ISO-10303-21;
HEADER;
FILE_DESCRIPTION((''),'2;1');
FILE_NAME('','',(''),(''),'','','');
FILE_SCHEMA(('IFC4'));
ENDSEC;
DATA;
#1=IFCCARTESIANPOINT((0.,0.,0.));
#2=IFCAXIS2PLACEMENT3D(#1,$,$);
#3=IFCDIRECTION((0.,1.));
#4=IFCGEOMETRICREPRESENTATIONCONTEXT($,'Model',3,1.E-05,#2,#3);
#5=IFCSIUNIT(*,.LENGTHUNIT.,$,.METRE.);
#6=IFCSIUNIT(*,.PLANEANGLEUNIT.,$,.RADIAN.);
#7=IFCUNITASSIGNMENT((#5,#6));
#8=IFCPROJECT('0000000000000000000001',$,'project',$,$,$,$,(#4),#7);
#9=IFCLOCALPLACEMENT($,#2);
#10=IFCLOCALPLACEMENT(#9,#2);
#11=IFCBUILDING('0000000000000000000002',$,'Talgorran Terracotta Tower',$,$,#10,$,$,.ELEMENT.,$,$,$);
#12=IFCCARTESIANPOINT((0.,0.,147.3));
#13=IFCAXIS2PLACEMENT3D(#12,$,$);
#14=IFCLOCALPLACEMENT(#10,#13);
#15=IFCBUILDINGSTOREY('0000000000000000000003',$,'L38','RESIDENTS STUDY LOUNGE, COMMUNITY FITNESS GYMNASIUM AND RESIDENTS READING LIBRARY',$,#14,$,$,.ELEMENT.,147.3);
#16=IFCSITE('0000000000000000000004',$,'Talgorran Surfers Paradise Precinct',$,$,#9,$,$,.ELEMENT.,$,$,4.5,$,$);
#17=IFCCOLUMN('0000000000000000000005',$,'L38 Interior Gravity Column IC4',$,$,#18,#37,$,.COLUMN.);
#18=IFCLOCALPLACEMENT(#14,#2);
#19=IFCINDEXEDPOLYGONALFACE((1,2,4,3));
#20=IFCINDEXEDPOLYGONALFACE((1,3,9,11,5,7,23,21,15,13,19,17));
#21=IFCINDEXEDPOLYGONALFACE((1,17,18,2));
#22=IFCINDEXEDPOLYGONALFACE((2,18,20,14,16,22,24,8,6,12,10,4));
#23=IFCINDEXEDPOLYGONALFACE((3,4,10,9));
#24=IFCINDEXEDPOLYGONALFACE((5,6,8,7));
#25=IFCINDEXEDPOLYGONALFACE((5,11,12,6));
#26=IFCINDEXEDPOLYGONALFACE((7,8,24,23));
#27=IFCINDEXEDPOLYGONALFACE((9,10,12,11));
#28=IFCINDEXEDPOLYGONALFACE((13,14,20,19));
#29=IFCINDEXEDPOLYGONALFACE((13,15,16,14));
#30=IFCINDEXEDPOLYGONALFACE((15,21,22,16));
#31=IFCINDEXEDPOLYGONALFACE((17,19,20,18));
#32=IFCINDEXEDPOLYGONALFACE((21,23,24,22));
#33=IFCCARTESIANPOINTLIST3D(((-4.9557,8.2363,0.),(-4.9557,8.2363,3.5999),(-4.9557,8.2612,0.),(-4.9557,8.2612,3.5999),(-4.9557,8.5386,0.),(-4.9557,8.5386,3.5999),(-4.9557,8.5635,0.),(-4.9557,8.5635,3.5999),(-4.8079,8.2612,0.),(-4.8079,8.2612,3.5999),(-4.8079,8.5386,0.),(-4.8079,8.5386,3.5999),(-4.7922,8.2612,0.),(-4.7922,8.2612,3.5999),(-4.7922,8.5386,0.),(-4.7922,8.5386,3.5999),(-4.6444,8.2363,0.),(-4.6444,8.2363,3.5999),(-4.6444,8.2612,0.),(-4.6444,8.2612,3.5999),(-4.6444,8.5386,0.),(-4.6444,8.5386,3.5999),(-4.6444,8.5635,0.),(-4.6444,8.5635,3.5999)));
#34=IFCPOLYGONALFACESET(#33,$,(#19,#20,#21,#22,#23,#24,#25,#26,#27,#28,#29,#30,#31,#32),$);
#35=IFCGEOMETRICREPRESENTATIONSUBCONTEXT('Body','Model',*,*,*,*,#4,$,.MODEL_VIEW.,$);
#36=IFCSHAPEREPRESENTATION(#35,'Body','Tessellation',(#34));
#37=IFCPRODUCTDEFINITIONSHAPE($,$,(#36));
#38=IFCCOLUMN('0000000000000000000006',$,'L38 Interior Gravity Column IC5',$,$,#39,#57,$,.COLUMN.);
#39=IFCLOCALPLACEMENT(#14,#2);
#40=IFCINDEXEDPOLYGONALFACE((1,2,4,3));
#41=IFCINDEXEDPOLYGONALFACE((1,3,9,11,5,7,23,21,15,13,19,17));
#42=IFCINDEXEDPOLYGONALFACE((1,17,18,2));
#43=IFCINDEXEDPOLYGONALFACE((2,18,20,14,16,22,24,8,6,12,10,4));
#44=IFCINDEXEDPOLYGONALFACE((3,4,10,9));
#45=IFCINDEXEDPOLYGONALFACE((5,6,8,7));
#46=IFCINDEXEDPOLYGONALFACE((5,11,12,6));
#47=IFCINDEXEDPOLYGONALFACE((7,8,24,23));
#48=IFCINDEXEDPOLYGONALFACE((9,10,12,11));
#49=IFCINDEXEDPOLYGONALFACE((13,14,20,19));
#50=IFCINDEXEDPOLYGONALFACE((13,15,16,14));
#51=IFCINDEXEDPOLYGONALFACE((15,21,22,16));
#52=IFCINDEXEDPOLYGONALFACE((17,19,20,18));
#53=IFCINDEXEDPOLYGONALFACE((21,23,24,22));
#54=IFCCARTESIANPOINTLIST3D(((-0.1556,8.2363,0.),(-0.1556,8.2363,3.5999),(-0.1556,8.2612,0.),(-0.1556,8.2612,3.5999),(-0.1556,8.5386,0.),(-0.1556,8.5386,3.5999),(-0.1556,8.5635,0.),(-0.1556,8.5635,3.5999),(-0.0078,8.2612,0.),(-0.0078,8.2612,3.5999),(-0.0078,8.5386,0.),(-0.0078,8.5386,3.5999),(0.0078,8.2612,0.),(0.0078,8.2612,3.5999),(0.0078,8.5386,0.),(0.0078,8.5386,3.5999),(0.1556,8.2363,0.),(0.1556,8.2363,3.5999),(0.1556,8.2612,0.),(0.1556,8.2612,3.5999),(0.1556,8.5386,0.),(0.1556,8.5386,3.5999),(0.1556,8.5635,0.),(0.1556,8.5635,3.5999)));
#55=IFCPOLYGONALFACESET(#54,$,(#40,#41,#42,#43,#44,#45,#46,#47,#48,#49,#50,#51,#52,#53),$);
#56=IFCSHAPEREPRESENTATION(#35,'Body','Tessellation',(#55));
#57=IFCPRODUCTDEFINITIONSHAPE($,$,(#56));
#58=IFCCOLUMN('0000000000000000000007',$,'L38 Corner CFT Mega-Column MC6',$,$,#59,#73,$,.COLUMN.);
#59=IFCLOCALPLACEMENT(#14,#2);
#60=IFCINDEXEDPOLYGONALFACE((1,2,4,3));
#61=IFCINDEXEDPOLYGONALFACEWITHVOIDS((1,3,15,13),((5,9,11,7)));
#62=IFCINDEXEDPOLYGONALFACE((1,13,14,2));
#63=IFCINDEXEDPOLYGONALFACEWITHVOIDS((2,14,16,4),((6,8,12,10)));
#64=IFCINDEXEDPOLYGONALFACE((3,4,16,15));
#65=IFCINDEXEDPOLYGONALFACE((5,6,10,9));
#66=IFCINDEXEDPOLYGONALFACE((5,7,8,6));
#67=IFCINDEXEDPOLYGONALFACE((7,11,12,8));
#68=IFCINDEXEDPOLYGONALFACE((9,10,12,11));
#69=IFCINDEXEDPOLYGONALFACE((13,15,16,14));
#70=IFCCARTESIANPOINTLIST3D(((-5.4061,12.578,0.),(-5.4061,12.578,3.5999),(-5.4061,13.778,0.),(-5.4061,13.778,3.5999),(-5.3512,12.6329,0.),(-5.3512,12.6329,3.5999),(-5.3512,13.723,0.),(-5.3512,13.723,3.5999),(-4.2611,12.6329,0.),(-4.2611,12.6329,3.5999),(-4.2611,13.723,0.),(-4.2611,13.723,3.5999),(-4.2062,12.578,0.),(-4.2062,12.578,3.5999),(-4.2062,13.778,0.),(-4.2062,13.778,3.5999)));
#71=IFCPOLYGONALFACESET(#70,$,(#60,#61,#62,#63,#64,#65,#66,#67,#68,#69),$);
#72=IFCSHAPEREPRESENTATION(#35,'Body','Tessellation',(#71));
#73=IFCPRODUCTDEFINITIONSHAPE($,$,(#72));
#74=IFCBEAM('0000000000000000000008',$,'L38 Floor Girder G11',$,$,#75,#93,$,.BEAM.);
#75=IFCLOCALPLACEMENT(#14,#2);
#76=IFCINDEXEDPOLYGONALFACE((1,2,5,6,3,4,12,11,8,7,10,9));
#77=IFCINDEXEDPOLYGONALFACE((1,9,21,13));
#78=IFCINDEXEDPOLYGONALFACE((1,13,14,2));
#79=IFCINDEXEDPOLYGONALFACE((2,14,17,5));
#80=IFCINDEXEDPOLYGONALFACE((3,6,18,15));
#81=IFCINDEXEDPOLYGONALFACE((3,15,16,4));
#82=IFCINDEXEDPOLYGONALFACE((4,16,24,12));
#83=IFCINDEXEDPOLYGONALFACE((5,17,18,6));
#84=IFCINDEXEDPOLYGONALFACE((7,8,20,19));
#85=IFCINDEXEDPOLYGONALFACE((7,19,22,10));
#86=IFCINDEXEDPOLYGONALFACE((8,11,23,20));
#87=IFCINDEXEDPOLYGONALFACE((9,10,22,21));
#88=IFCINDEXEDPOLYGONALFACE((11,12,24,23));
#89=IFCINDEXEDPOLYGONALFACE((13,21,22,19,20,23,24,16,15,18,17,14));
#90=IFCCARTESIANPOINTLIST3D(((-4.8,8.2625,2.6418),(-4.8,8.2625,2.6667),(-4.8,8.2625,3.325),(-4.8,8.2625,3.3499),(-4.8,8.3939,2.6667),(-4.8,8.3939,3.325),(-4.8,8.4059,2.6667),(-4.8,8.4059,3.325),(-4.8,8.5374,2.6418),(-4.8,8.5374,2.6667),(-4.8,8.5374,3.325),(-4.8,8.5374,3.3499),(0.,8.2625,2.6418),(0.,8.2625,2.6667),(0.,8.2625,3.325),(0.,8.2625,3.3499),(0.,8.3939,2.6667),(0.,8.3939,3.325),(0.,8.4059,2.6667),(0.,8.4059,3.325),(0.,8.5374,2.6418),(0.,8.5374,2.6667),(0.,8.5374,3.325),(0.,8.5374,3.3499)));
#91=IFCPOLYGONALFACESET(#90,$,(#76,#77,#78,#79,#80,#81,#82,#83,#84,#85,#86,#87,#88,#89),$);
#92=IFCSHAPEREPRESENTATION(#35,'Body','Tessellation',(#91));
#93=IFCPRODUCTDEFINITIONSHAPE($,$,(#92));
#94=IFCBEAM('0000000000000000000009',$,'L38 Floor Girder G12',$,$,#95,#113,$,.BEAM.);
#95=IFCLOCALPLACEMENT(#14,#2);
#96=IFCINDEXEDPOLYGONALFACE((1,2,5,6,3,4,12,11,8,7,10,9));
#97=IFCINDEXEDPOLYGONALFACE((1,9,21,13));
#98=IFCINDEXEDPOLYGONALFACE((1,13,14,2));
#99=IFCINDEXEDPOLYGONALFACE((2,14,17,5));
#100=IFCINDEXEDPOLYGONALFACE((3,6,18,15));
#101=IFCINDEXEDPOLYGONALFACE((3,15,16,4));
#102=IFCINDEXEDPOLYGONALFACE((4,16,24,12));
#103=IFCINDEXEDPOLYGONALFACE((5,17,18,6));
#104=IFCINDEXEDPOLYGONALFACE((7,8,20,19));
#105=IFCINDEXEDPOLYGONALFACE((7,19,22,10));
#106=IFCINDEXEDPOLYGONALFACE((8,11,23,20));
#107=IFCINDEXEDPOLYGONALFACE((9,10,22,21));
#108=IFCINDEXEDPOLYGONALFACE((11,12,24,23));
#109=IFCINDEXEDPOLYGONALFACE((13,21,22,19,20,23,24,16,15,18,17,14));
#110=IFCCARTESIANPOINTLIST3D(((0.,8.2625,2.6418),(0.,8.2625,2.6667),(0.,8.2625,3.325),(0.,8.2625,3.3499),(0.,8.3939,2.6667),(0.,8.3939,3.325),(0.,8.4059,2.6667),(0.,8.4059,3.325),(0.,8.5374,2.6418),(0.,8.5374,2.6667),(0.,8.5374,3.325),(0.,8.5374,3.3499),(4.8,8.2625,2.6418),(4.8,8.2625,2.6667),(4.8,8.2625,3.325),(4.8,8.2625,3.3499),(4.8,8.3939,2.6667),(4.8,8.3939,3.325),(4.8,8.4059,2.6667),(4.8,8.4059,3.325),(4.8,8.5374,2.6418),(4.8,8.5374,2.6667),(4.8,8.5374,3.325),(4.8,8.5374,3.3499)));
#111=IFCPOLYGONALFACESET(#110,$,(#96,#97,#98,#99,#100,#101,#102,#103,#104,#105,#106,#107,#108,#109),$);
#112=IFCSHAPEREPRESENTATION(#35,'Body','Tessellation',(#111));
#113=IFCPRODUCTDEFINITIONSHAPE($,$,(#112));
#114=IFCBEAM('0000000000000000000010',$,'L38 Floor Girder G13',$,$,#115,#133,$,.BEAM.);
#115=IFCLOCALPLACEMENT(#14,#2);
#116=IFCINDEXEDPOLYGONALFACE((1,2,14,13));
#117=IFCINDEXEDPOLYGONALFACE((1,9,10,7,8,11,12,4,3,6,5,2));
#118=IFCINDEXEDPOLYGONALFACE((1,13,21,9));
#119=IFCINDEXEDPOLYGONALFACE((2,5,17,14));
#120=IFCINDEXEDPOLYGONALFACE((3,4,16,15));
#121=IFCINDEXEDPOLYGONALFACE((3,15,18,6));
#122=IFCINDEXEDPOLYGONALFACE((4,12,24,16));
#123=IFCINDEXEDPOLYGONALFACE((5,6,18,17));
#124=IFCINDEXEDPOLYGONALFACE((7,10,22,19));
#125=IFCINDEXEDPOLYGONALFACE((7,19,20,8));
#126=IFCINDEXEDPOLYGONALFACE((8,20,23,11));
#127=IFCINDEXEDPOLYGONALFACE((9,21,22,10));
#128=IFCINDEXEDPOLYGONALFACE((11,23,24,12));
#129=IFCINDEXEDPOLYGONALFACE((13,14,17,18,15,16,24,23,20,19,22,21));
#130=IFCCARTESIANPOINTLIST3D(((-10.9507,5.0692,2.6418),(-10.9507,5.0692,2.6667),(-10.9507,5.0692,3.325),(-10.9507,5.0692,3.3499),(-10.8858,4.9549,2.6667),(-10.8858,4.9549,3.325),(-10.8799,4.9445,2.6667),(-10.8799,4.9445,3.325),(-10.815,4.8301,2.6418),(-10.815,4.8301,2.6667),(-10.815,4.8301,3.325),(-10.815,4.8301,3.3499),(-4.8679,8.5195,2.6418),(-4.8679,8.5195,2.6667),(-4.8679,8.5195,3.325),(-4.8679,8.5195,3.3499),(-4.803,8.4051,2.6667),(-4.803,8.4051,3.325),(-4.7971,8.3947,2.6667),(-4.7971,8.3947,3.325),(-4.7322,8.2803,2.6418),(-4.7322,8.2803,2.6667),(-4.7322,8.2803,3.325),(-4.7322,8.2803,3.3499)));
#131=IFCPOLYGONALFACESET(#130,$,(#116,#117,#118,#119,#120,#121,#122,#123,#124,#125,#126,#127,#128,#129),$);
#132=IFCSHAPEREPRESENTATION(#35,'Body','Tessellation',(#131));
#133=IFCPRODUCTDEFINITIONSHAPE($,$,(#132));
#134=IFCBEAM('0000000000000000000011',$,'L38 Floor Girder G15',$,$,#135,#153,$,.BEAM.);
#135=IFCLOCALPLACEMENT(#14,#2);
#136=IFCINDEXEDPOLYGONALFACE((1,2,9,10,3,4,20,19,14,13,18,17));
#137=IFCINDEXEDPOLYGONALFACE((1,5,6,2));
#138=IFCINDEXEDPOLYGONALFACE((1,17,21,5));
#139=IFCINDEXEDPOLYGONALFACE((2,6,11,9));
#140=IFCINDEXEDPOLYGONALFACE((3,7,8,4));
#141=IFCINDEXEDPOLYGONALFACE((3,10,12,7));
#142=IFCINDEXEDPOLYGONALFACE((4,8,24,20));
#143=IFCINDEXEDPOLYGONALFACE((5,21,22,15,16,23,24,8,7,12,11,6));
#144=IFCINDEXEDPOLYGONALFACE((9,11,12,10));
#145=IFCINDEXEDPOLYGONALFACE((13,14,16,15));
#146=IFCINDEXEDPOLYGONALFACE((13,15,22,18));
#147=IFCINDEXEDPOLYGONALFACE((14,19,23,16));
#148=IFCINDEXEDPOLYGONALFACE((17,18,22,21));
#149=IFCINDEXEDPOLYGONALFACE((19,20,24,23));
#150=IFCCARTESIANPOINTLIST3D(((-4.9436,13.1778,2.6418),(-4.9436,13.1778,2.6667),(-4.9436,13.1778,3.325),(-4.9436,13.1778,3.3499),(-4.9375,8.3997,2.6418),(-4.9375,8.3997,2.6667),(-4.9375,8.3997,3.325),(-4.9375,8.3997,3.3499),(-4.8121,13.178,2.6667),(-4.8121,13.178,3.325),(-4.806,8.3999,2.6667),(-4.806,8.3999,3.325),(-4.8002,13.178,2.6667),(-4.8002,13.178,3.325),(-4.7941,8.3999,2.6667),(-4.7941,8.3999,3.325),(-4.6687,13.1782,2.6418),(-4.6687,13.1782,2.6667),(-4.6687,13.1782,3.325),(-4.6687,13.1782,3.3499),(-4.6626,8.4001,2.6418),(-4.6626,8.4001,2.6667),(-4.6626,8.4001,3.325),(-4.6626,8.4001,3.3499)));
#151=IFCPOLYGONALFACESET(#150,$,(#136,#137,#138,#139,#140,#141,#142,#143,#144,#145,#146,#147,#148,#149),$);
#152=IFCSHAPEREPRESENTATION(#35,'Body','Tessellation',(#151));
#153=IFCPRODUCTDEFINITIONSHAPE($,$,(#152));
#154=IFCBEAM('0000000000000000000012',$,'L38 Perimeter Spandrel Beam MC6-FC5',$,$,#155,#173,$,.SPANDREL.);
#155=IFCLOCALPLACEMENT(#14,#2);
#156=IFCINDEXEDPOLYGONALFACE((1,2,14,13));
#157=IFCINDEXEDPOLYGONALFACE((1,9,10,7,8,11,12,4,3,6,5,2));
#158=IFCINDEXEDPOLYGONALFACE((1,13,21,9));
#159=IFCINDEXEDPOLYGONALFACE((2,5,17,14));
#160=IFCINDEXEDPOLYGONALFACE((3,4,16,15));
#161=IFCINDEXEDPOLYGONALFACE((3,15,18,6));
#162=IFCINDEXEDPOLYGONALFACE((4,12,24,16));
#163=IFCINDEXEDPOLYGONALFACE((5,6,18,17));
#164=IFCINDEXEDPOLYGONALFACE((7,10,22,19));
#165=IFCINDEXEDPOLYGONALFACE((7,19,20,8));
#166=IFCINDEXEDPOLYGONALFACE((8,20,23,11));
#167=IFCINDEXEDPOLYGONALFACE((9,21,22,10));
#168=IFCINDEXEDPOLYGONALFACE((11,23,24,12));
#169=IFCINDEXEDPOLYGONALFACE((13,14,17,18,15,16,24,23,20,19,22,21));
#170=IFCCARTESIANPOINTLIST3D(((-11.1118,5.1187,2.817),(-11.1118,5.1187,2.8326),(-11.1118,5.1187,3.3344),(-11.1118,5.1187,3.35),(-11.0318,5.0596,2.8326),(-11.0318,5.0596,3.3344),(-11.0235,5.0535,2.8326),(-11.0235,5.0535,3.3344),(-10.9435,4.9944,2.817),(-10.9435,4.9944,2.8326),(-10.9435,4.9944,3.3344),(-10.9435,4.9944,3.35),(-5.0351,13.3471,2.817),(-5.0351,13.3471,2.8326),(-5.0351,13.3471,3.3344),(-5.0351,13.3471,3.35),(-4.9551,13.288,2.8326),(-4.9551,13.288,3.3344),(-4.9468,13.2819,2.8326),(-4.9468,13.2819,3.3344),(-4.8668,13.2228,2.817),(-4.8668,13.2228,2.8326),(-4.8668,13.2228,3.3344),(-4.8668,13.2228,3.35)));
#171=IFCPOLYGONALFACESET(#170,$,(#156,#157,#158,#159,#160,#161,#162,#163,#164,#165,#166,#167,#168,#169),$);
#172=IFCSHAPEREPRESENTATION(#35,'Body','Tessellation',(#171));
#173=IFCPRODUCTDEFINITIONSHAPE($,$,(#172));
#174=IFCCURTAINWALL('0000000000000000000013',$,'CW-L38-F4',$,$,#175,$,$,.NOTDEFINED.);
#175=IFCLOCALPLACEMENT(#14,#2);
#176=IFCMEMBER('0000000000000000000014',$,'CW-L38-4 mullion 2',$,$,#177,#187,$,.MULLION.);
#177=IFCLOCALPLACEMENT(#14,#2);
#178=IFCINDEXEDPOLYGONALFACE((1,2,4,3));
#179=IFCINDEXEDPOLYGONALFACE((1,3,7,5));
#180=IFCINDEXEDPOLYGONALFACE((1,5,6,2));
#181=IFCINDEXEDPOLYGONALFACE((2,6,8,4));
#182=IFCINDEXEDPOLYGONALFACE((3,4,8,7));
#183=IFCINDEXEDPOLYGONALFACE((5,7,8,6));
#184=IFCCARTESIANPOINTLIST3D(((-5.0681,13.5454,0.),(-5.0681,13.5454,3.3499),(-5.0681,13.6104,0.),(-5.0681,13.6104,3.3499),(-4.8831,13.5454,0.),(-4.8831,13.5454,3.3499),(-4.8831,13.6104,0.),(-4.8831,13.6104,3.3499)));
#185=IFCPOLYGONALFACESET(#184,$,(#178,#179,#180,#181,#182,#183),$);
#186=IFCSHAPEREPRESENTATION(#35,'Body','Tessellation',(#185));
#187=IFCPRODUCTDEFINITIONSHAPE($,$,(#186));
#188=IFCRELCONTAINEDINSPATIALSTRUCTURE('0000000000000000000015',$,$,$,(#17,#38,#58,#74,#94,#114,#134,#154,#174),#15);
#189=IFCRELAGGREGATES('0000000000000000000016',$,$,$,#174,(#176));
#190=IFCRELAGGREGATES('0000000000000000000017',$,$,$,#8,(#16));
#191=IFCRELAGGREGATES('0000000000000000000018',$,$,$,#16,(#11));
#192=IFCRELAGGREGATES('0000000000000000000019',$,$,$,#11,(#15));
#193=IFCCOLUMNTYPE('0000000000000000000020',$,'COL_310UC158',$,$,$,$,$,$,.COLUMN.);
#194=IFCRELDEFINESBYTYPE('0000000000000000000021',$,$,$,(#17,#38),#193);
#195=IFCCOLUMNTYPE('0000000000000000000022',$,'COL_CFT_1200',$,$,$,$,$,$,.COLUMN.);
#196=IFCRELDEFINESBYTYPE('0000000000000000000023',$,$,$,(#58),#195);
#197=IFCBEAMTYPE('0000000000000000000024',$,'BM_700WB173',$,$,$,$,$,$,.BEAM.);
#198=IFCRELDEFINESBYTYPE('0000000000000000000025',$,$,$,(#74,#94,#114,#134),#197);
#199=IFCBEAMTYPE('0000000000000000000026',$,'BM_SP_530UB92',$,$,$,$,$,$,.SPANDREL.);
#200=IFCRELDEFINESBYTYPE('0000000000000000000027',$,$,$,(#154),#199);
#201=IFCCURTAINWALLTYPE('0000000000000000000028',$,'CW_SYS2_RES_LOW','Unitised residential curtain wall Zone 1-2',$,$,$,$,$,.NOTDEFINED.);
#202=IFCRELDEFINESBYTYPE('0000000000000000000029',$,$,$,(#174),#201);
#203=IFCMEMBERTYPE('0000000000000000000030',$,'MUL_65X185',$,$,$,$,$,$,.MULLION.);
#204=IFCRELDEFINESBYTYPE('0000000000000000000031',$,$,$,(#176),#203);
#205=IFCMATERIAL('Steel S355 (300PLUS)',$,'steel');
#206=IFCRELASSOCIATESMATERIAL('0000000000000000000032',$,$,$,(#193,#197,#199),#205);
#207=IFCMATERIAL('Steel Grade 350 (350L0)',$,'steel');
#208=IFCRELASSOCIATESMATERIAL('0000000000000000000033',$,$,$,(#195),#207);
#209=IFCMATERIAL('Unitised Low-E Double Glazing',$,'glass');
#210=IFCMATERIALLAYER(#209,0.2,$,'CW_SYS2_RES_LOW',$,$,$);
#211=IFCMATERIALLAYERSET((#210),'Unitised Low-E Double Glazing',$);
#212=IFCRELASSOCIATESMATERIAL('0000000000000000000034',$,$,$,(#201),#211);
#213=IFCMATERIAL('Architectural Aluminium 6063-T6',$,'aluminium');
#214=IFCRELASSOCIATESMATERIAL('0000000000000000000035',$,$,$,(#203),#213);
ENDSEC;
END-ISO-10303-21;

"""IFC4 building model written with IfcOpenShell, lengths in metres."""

from ifc_helpers import new_model, si_unit, direction, frame, origin, origin_2d, place, context, subcontext, project, spatial, rectangle, hollow_rectangle, i_section, extrude, material, layer, layer_set, material_profile, profile_set, type_object, element, aggregate, save


model = new_model("IFC4")

# Units and contexts
model_context = context("Model", 3, precision=1e-05, world=origin(), true_north=direction((0.0, 1.0)))
body_context = subcontext(model_context, "Body", "Model", "MODEL_VIEW")
ifc_project = project(units=[si_unit("LENGTHUNIT", "METRE"), si_unit("PLANEANGLEUNIT", "RADIAN")], contexts=[model_context])

# Site, building, storey
site_placement = place(None, origin())
site = spatial("IfcSite", under=ifc_project, at=site_placement, Name="Talgorran Surfers Paradise Precinct", CompositionType="ELEMENT", RefElevation=4.5)
building_placement = place(site_placement, origin())
building = spatial("IfcBuilding", under=site, at=building_placement, Name="Talgorran Terracotta Tower", CompositionType="ELEMENT")
storey_placement = place(building_placement, frame((0.0, 0.0, 147.3)))
storey = spatial("IfcBuildingStorey", under=building, at=storey_placement, Name="L38", Description="RESIDENTS STUDY LOUNGE, COMMUNITY FITNESS GYMNASIUM AND RESIDENTS READING LIBRARY", CompositionType="ELEMENT", Elevation=147.3)

# Columns
ifc_material_1 = material(Name="Steel S355 (300PLUS)", Category="steel")
ifc_material_profile_1 = material_profile(ifc_material_1, i_section(OverallWidth=0.3113, OverallDepth=0.3271, WebThickness=0.0156, FlangeThickness=0.0249, at=origin_2d()), Name="310UC158")
ifc_profile_set_1 = profile_set([ifc_material_profile_1], Name="Steel S355 (300PLUS)")
column_type_1 = type_object("IfcColumnType", Name="COL_310UC158", PredefinedType="COLUMN", material=ifc_profile_set_1)
for number, where, z_axis, x_axis, name in (
    (1, (-4.8, 8.3999, 0.0), (0.0, 0.0, 1.0), (1.0, 0.0, 0.0), "L38 Interior Gravity Column IC4"),
    (2, (0.0, 8.3999, 0.0), (0.0, 0.0, 1.0), (1.0, 0.0, 0.0), "L38 Interior Gravity Column IC5"),
):
    element("IfcColumn", number, at=place(storey_placement, frame(where, z_axis=z_axis, x_axis=x_axis)), inside=storey, type_object=column_type_1, Name=name, PredefinedType="COLUMN", context=body_context, shape_type="SweptSolid", body=[
        extrude(i_section(OverallWidth=0.3113, OverallDepth=0.3271, WebThickness=0.0156, FlangeThickness=0.0249, at=origin_2d()), origin(), (0.0, 0.0, 1.0), 3.5999),
    ])
ifc_material_2 = material(Name="Steel Grade 350 (350L0)", Category="steel")
ifc_material_profile_2 = material_profile(ifc_material_2, hollow_rectangle(XDim=1.2, YDim=1.2, WallThickness=0.0549, at=origin_2d()), Name="CFT1200X1200X55")
ifc_profile_set_2 = profile_set([ifc_material_profile_2], Name="Steel Grade 350 (350L0)")
column_type_2 = type_object("IfcColumnType", Name="COL_CFT_1200", PredefinedType="COLUMN", material=ifc_profile_set_2)
column_placement = place(storey_placement, frame((-4.8062, 13.178, 0.0), z_axis=(0.0, 0.0, 1.0), x_axis=(1.0, 0.0, 0.0)))
element("IfcColumn", 3, at=column_placement, inside=storey, type_object=column_type_2, Name="L38 Corner CFT Mega-Column MC6", PredefinedType="COLUMN", context=body_context, shape_type="SweptSolid", body=[
    extrude(hollow_rectangle(XDim=1.2, YDim=1.2, WallThickness=0.0549, at=origin_2d()), origin(), (0.0, 0.0, 1.0), 3.5999),
])

# Beams
ifc_material_profile_3 = material_profile(ifc_material_1, i_section(OverallWidth=0.2749, OverallDepth=0.708, WebThickness=0.012, FlangeThickness=0.0249, at=origin_2d()), Name="700WB173")
ifc_profile_set_3 = profile_set([ifc_material_profile_3], Name="Steel S355 (300PLUS)")
beam_type_1 = type_object("IfcBeamType", Name="BM_700WB173", PredefinedType="BEAM", material=ifc_profile_set_3)
for number, where, z_axis, x_axis, name in (
    (4, (-4.8, 8.3999, 2.9958), (1.0, 0.0, 0.0), (0.0, 1.0, 0.0), "L38 Floor Girder G11"),
    (5, (0.0, 8.3999, 2.9958), (1.0, 0.0, 0.0), (0.0, 1.0, 0.0), "L38 Floor Girder G12"),
):
    element("IfcBeam", number, at=place(storey_placement, frame(where, z_axis=z_axis, x_axis=x_axis)), inside=storey, type_object=beam_type_1, Name=name, PredefinedType="BEAM", context=body_context, shape_type="SweptSolid", body=[
        extrude(i_section(OverallWidth=0.2749, OverallDepth=0.708, WebThickness=0.012, FlangeThickness=0.0249, at=origin_2d()), origin(), (0.0, 0.0, 1.0), 4.8),
    ])
beam_1_placement = place(storey_placement, frame((-4.8, 8.3999, 2.9958), z_axis=(-0.86982, -0.493369, 0.0), x_axis=(0.493369, -0.86982, 0.0)))
element("IfcBeam", 6, at=beam_1_placement, inside=storey, type_object=beam_type_1, Name="L38 Floor Girder G13", PredefinedType="BEAM", context=body_context, shape_type="SweptSolid", body=[
    extrude(i_section(OverallWidth=0.2749, OverallDepth=0.708, WebThickness=0.012, FlangeThickness=0.0249, at=origin_2d()), origin(), (0.0, 0.0, 1.0), 6.9932),
])
beam_2_placement = place(storey_placement, frame((-4.8, 8.3999, 2.9958), z_axis=(-0.001277, 0.999999, 0.0), x_axis=(-0.999999, -0.001277, 0.0)))
element("IfcBeam", 7, at=beam_2_placement, inside=storey, type_object=beam_type_1, Name="L38 Floor Girder G15", PredefinedType="BEAM", context=body_context, shape_type="SweptSolid", body=[
    extrude(i_section(OverallWidth=0.2749, OverallDepth=0.708, WebThickness=0.012, FlangeThickness=0.0249, at=origin_2d()), origin(), (0.0, 0.0, 1.0), 4.7781),
])
ifc_material_profile_4 = material_profile(ifc_material_1, i_section(OverallWidth=0.2092, OverallDepth=0.533, WebThickness=0.0103, FlangeThickness=0.0156, at=origin_2d()), Name="530UB92.4")
ifc_profile_set_4 = profile_set([ifc_material_profile_4], Name="Steel S355 (300PLUS)")
beam_type_2 = type_object("IfcBeamType", Name="BM_SP_530UB92", PredefinedType="SPANDREL", material=ifc_profile_set_4)
beam_3_placement = place(storey_placement, frame((-4.9509, 13.2849, 3.0835), z_axis=(-0.594068, -0.804415, 0.0), x_axis=(0.804415, -0.594068, 0.0)))
element("IfcBeam", 8, at=beam_3_placement, inside=storey, type_object=beam_type_2, Name="L38 Perimeter Spandrel Beam MC6-FC5", PredefinedType="SPANDREL", context=body_context, shape_type="SweptSolid", body=[
    extrude(i_section(OverallWidth=0.2092, OverallDepth=0.533, WebThickness=0.0103, FlangeThickness=0.0156, at=origin_2d()), origin(), (0.0, 0.0, 1.0), 10.229),
])

# Curtain wall, member
ifc_material_3 = material(Name="Unitised Low-E Double Glazing", Category="glass")
ifc_layer_1 = layer(ifc_material_3, 0.2, Name="CW_SYS2_RES_LOW")
ifc_layer_set_1 = layer_set([ifc_layer_1], Name="Unitised Low-E Double Glazing")
curtain_wall_type = type_object("IfcCurtainWallType", Name="CW_SYS2_RES_LOW", Description="Unitised residential curtain wall Zone 1-2", PredefinedType="NOTDEFINED", material=ifc_layer_set_1)
curtain_wall_1_placement = place(storey_placement, origin())
curtain_wall_1 = element("IfcCurtainWall", 9, at=curtain_wall_1_placement, inside=storey, type_object=curtain_wall_type, Name="CW-L38-F4", PredefinedType="NOTDEFINED")
ifc_material_4 = material(Name="Architectural Aluminium 6063-T6", Category="aluminium")
ifc_material_profile_5 = material_profile(ifc_material_4, rectangle(XDim=0.0649, YDim=0.1851, at=origin_2d()), Name="CWM65X185")
ifc_profile_set_5 = profile_set([ifc_material_profile_5], Name="Architectural Aluminium 6063-T6")
member_type_1 = type_object("IfcMemberType", Name="MUL_65X185", PredefinedType="MULLION", material=ifc_profile_set_5)
member_1_placement = place(storey_placement, frame((-4.9756, 13.5779, 0.0), z_axis=(0.0, 0.0, 1.0), x_axis=(0.0, -1.0, 0.0)))
member_1 = element("IfcMember", 10, at=member_1_placement, type_object=member_type_1, Name="CW-L38-4 mullion 2", PredefinedType="MULLION", context=body_context, shape_type="SweptSolid", body=[
    extrude(rectangle(XDim=0.0649, YDim=0.1851, at=origin_2d()), origin(), (0.0, 0.0, 1.0), 3.3499),
])

aggregate(curtain_wall_1, [member_1])

save(model, "model.ifc")
